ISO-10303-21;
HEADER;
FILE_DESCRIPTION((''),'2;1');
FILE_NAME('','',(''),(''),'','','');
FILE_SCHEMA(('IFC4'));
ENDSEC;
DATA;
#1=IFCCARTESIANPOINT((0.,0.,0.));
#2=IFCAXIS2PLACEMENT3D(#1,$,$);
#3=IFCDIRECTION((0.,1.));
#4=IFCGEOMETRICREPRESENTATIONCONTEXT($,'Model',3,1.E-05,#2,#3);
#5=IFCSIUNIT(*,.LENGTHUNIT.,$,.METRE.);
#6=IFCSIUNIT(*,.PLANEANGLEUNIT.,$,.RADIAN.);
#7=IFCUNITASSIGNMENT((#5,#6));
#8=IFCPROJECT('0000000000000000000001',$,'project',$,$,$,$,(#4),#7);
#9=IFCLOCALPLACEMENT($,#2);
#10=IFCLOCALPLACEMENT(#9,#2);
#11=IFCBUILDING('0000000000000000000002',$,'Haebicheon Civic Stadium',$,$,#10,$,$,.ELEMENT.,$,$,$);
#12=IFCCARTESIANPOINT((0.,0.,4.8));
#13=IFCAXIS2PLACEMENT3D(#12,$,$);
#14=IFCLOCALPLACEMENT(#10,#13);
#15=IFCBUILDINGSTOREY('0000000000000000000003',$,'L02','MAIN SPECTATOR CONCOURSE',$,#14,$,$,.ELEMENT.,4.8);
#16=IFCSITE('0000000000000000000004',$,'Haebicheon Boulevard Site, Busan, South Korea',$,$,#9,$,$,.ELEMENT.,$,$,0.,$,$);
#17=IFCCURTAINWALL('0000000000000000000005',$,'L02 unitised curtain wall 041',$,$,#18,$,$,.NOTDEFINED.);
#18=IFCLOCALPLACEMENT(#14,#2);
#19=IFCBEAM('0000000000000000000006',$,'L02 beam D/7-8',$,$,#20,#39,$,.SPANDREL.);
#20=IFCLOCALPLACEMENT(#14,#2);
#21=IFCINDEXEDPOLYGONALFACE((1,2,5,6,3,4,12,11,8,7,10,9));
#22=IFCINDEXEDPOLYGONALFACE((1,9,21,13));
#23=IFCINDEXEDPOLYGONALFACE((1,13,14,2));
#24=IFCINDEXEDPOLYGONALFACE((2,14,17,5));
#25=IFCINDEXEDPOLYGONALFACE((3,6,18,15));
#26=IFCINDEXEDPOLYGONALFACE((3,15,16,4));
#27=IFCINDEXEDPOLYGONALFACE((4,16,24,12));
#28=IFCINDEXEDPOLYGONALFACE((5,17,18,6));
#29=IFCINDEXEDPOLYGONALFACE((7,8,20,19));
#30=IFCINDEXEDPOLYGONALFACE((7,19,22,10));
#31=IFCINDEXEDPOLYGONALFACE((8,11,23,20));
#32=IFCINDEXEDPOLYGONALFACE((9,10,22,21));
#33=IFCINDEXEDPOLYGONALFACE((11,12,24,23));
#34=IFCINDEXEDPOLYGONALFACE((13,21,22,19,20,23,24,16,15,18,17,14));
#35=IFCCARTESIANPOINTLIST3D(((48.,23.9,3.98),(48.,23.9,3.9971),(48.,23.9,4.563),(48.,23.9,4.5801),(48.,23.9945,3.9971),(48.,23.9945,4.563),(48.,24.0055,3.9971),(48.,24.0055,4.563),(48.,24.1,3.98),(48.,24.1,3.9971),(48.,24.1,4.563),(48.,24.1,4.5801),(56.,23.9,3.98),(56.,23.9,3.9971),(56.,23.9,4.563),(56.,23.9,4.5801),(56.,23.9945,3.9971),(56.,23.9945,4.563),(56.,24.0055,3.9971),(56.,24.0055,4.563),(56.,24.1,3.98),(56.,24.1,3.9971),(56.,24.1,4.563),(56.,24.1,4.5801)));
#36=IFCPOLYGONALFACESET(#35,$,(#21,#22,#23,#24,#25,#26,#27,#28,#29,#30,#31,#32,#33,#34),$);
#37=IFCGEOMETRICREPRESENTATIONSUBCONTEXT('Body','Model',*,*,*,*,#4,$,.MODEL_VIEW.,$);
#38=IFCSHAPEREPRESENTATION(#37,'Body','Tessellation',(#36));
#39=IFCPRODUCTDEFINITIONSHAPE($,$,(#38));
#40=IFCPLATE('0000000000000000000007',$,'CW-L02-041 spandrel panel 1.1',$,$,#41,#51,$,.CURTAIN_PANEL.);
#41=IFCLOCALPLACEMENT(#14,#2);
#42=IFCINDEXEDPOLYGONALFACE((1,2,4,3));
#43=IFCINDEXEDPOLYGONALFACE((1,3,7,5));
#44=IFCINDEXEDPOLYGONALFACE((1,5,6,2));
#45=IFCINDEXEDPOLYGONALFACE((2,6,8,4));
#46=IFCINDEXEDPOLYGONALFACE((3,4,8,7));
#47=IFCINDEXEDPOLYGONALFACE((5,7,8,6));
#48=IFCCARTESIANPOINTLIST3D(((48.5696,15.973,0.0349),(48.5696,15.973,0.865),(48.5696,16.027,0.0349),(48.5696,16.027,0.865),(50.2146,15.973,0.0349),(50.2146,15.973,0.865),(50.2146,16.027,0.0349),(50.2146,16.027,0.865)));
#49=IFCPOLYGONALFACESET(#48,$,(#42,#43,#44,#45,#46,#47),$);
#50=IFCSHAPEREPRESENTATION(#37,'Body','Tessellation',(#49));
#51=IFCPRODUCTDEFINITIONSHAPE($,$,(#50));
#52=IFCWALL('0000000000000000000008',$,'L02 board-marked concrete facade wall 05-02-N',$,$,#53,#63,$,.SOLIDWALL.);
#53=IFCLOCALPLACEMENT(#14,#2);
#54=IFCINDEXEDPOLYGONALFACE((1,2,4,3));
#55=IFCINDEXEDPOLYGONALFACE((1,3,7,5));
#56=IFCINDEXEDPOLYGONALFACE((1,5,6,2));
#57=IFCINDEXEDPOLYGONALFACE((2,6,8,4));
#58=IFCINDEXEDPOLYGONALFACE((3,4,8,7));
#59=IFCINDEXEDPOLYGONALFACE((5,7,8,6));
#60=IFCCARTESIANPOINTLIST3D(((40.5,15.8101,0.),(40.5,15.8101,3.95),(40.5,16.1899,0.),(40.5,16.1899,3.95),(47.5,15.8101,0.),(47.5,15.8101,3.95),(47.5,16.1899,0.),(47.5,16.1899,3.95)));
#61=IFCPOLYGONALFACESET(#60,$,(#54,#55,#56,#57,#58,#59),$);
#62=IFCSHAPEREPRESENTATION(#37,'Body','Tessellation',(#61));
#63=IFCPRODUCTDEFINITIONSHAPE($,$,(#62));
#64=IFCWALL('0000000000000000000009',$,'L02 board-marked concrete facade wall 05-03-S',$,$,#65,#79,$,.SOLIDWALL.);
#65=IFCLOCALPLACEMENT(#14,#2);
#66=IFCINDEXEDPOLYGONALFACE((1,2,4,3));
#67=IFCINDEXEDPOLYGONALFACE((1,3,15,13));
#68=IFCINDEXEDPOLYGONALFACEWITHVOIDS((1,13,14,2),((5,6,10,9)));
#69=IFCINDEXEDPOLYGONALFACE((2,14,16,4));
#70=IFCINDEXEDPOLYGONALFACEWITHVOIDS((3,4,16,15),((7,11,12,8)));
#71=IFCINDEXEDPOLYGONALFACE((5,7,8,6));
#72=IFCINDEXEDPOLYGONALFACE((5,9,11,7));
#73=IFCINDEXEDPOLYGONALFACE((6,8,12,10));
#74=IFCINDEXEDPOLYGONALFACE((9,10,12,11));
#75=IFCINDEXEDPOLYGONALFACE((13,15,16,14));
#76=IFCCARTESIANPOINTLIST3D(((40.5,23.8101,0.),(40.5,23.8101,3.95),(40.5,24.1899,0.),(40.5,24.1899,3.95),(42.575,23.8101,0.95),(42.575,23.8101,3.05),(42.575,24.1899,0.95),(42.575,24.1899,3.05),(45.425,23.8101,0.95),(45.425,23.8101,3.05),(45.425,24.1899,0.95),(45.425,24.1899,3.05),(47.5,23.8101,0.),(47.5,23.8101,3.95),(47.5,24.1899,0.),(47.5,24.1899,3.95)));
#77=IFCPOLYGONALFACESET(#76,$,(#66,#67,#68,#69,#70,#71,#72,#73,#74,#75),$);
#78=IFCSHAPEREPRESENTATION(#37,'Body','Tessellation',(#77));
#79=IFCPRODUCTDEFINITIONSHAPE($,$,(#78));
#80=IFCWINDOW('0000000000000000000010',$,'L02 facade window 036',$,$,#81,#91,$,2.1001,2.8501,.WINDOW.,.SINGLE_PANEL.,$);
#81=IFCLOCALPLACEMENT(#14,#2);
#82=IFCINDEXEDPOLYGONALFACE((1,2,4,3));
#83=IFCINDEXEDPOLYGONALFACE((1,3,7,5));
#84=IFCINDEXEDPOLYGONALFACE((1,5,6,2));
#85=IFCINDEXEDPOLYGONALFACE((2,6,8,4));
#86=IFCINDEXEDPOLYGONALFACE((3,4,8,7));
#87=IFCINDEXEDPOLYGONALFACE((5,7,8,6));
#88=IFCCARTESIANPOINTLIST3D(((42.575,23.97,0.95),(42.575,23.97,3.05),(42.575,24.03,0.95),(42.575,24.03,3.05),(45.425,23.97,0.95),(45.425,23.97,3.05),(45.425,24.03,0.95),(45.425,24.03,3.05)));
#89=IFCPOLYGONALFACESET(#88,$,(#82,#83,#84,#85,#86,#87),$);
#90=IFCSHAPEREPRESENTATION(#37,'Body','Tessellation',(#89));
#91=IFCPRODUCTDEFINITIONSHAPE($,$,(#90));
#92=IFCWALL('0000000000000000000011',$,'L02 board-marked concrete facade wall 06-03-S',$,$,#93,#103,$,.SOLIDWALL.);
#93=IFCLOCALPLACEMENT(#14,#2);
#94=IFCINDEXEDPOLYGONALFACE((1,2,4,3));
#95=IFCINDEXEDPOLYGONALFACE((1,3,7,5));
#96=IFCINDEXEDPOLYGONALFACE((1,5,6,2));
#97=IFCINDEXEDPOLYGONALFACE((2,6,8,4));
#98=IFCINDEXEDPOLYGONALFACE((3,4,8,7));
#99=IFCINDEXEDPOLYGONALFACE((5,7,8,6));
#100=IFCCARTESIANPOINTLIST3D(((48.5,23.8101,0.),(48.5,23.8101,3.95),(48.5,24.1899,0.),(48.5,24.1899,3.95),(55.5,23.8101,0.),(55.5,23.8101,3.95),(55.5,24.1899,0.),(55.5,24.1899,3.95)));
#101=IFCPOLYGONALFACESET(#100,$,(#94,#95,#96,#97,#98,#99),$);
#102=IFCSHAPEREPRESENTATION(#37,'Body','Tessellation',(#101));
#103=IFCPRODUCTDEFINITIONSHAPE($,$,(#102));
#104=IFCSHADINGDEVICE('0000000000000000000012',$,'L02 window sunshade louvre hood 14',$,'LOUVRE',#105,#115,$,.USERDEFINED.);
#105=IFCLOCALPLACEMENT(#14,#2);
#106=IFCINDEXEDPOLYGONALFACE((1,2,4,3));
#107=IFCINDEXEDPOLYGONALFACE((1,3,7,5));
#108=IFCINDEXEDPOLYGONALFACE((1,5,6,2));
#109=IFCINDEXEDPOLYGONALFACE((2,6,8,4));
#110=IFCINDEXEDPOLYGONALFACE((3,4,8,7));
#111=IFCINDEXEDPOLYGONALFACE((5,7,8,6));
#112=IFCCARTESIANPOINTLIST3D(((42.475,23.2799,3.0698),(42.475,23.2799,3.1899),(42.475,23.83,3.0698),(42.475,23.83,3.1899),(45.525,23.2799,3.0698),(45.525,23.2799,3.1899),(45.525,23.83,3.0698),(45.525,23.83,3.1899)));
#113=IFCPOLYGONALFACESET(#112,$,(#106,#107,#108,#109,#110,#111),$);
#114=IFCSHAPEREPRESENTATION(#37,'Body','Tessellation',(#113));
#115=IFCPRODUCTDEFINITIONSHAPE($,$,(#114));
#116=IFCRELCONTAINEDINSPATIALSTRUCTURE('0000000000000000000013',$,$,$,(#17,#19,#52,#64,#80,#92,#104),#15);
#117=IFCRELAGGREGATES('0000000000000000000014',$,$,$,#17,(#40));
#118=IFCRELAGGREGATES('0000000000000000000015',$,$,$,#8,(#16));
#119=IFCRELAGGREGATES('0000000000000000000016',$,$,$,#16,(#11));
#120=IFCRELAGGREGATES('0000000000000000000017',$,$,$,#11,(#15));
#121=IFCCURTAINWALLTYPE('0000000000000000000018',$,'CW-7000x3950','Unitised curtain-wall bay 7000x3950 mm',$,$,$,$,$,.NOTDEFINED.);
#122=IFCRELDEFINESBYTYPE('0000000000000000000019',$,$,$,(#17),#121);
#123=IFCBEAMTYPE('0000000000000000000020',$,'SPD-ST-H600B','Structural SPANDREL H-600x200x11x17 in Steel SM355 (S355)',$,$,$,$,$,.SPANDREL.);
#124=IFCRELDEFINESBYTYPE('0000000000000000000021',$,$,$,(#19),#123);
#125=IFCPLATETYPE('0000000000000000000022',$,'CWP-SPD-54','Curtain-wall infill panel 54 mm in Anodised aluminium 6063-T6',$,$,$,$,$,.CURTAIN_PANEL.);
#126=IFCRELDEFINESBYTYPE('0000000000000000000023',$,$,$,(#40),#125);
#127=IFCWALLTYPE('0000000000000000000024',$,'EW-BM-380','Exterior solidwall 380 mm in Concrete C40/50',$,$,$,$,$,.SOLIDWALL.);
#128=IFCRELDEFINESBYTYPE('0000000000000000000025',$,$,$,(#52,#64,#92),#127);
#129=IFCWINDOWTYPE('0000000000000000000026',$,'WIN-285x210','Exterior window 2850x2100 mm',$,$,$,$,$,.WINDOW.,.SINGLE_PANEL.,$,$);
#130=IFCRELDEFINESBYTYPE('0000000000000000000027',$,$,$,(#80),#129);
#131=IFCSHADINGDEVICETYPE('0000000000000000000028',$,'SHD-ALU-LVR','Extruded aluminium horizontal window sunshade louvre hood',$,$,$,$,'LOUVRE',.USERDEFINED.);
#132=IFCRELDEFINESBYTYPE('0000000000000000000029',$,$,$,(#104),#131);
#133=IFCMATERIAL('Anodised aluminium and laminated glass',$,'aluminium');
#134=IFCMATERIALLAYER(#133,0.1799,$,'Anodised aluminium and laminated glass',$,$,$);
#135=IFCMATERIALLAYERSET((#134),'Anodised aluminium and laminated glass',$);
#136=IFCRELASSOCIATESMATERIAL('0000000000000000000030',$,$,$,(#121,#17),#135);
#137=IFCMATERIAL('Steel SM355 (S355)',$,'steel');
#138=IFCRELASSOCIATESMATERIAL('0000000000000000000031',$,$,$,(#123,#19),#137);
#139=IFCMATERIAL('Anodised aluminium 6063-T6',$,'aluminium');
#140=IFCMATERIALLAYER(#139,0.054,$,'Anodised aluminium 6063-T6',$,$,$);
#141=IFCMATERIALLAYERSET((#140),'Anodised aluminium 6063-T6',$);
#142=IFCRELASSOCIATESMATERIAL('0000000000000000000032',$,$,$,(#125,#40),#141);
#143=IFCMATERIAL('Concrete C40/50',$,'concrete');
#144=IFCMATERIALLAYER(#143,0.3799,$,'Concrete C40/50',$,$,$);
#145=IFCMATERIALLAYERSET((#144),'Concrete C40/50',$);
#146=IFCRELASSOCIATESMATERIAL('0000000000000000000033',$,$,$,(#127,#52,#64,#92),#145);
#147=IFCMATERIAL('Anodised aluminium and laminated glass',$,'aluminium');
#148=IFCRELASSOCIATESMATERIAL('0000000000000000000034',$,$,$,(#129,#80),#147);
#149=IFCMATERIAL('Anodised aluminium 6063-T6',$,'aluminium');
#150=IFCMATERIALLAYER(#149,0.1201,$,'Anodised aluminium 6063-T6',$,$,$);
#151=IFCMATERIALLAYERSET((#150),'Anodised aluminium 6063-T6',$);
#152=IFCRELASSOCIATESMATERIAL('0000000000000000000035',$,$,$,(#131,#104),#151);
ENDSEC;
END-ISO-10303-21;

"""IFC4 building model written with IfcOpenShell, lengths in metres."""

from ifc_helpers import new_model, si_unit, direction, frame, frame_2d, origin, origin_2d, place, context, subcontext, project, spatial, rectangle, i_section, extrude, material, layer, layer_set, material_profile, profile_set, type_object, element, fill, aggregate, save


model = new_model("IFC4")

# Units and contexts
model_context = context("Model", 3, precision=1e-05, world=origin(), true_north=direction((0.0, 1.0)))
body_context = subcontext(model_context, "Body", "Model", "MODEL_VIEW")
ifc_project = project(units=[si_unit("LENGTHUNIT", "METRE"), si_unit("PLANEANGLEUNIT", "RADIAN")], contexts=[model_context])

# Site, building, storey
site_placement = place(None, origin())
site = spatial("IfcSite", under=ifc_project, at=site_placement, Name="Haebicheon Boulevard Site, Busan, South Korea", CompositionType="ELEMENT", RefElevation=0.0)
building_placement = place(site_placement, origin())
building = spatial("IfcBuilding", under=site, at=building_placement, Name="Haebicheon Civic Stadium", CompositionType="ELEMENT")
storey_placement = place(building_placement, frame((0.0, 0.0, 4.8)))
storey = spatial("IfcBuildingStorey", under=building, at=storey_placement, Name="L02", Description="MAIN SPECTATOR CONCOURSE", CompositionType="ELEMENT", Elevation=4.8)

# Curtain wall
ifc_material_1 = material(Name="Anodised aluminium and laminated glass", Category="aluminium")
ifc_layer_1 = layer(ifc_material_1, 0.1799, Name="Anodised aluminium and laminated glass")
ifc_layer_set_1 = layer_set([ifc_layer_1], Name="Anodised aluminium and laminated glass")
curtain_wall_type = type_object("IfcCurtainWallType", Name="CW-7000x3950", Description="Unitised curtain-wall bay 7000x3950 mm", PredefinedType="NOTDEFINED", material=ifc_layer_set_1)
curtain_wall_placement = place(storey_placement, origin())
curtain_wall = element("IfcCurtainWall", 1, at=curtain_wall_placement, inside=storey, type_object=curtain_wall_type, material=ifc_layer_set_1, Name="L02 unitised curtain wall 041", PredefinedType="NOTDEFINED")

# Beam
ifc_material_2 = material(Name="Steel SM355 (S355)", Category="steel")
ifc_material_profile_1 = material_profile(ifc_material_2, i_section(OverallWidth=0.2, OverallDepth=0.6001, WebThickness=0.011, FlangeThickness=0.0171, at=origin_2d()), Name="H-600x200x11x17")
ifc_profile_set_1 = profile_set([ifc_material_profile_1], Name="Steel SM355 (S355)")
beam_type_1 = type_object("IfcBeamType", Name="SPD-ST-H600B", Description="Structural SPANDREL H-600x200x11x17 in Steel SM355 (S355)", PredefinedType="SPANDREL", material=ifc_profile_set_1)
for number, where, z_axis, x_axis, name in (
    (2, (48.0, 24.0, 4.28), (1.0, 0.0, 0.0), (0.0, 1.0, 0.0), "L02 beam D/7-8"),
):
    element("IfcBeam", number, at=place(storey_placement, frame(where, z_axis=z_axis, x_axis=x_axis)), inside=storey, type_object=beam_type_1, material=ifc_profile_set_1, Name=name, PredefinedType="SPANDREL", context=body_context, shape_type="SweptSolid", body=[
        extrude(i_section(OverallWidth=0.2, OverallDepth=0.6001, WebThickness=0.011, FlangeThickness=0.0171, at=origin_2d()), origin(), (0.0, 0.0, 1.0), 8.0),
    ])

# Plate
ifc_material_3 = material(Name="Anodised aluminium 6063-T6", Category="aluminium")
ifc_layer_2 = layer(ifc_material_3, 0.054, Name="Anodised aluminium 6063-T6")
ifc_layer_set_2 = layer_set([ifc_layer_2], Name="Anodised aluminium 6063-T6")
plate_type = type_object("IfcPlateType", Name="CWP-SPD-54", Description="Curtain-wall infill panel 54 mm in Anodised aluminium 6063-T6", PredefinedType="CURTAIN_PANEL", material=ifc_layer_set_2)
plate_placement = place(storey_placement, frame((49.3921, 16.0, 0.0349), z_axis=(0.0, 0.0, 1.0), x_axis=(1.0, 0.0, 0.0)))
plate = element("IfcPlate", 3, at=plate_placement, type_object=plate_type, material=ifc_layer_set_2, Name="CW-L02-041 spandrel panel 1.1", PredefinedType="CURTAIN_PANEL", context=body_context, shape_type="SweptSolid", body=[
    extrude(rectangle(XDim=1.645, YDim=0.054, at=origin_2d()), origin(), (0.0, 0.0, 1.0), 0.8301),
])
aggregate(curtain_wall, [plate])

# Wall
ifc_material_4 = material(Name="Concrete C40/50", Category="concrete")
ifc_layer_3 = layer(ifc_material_4, 0.3799, Name="Concrete C40/50")
ifc_layer_set_3 = layer_set([ifc_layer_3], Name="Concrete C40/50")
wall_type = type_object("IfcWallType", Name="EW-BM-380", Description="Exterior solidwall 380 mm in Concrete C40/50", PredefinedType="SOLIDWALL", material=ifc_layer_set_3)
wall_1_placement = place(storey_placement, frame((40.5, 16.0, 0.0), z_axis=(0.0, 0.0, 1.0), x_axis=(1.0, 0.0, 0.0)))
element("IfcWall", 4, at=wall_1_placement, inside=storey, type_object=wall_type, material=ifc_layer_set_3, Name="L02 board-marked concrete facade wall 05-02-N", PredefinedType="SOLIDWALL", context=body_context, shape_type="SweptSolid", body=[
    extrude(rectangle(XDim=7.0, YDim=0.3799, at=frame_2d((3.5, 0.0))), origin(), (0.0, 0.0, 1.0), 3.95),
])

# Wall, opening, window
wall_2_placement = place(storey_placement, frame((40.5, 24.0, 0.0), z_axis=(0.0, 0.0, 1.0), x_axis=(1.0, 0.0, 0.0)))
wall_2 = element("IfcWall", 5, at=wall_2_placement, inside=storey, type_object=wall_type, material=ifc_layer_set_3, Name="L02 board-marked concrete facade wall 05-03-S", PredefinedType="SOLIDWALL", context=body_context, shape_type="SweptSolid", body=[
    extrude(rectangle(XDim=7.0, YDim=0.3799, at=frame_2d((3.5, 0.0))), origin(), (0.0, 0.0, 1.0), 3.95),
])
opening_placement = place(wall_2_placement, frame((2.075, 0.0, 0.95)))
opening = element("IfcOpeningElement", 6, at=opening_placement, cuts=wall_2, PredefinedType="OPENING", context=body_context, shape_type="SweptSolid", body=[
    extrude(rectangle(XDim=2.8501, YDim=2.1001, at=frame_2d((1.425, 1.05))), frame((0.0, 0.2, 0.0), z_axis=(0.0, -1.0, 0.0), x_axis=(1.0, 0.0, 0.0)), (0.0, 0.0, 1.0), 0.3999),
])
ifc_material_5 = material(Name="Anodised aluminium and laminated glass", Category="aluminium")
window_type = type_object("IfcWindowType", Name="WIN-285x210", Description="Exterior window 2850x2100 mm", PartitioningType="SINGLE_PANEL", PredefinedType="WINDOW", material=ifc_material_5)
window_placement = place(opening_placement, origin())
window = element("IfcWindow", 7, at=window_placement, inside=storey, type_object=window_type, material=ifc_material_5, Name="L02 facade window 036", OverallHeight=2.1001, OverallWidth=2.8501, PartitioningType="SINGLE_PANEL", PredefinedType="WINDOW", context=body_context, shape_type="SweptSolid", body=[
    extrude(rectangle(XDim=2.8501, YDim=2.1001, at=frame_2d((1.425, 1.05))), frame((0.0, 0.03, 0.0), z_axis=(0.0, -1.0, 0.0), x_axis=(1.0, 0.0, 0.0)), (0.0, 0.0, 1.0), 0.0601),
])
fill(opening, window)

# Wall
wall_3_placement = place(storey_placement, frame((48.5, 24.0, 0.0), z_axis=(0.0, 0.0, 1.0), x_axis=(1.0, 0.0, 0.0)))
element("IfcWall", 8, at=wall_3_placement, inside=storey, type_object=wall_type, material=ifc_layer_set_3, Name="L02 board-marked concrete facade wall 06-03-S", PredefinedType="SOLIDWALL", context=body_context, shape_type="SweptSolid", body=[
    extrude(rectangle(XDim=7.0, YDim=0.3799, at=frame_2d((3.5, 0.0))), origin(), (0.0, 0.0, 1.0), 3.95),
])

# Shading device
ifc_material_6 = material(Name="Anodised aluminium 6063-T6", Category="aluminium")
ifc_layer_4 = layer(ifc_material_6, 0.1201, Name="Anodised aluminium 6063-T6")
ifc_layer_set_4 = layer_set([ifc_layer_4], Name="Anodised aluminium 6063-T6")
shading_device_type = type_object("IfcShadingDeviceType", Name="SHD-ALU-LVR", Description="Extruded aluminium horizontal window sunshade louvre hood", ElementType="LOUVRE", PredefinedType="USERDEFINED", material=ifc_layer_set_4)
shading_device_placement = place(storey_placement, frame((44.0, 23.5549, 3.0698), z_axis=(0.0, 0.0, 1.0), x_axis=(1.0, 0.0, 0.0)))
element("IfcShadingDevice", 9, at=shading_device_placement, inside=storey, type_object=shading_device_type, material=ifc_layer_set_4, Name="L02 window sunshade louvre hood 14", ObjectType="LOUVRE", PredefinedType="USERDEFINED", context=body_context, shape_type="SweptSolid", body=[
    extrude(rectangle(XDim=3.05, YDim=0.55, at=origin_2d()), origin(), (0.0, 0.0, 1.0), 0.1201),
])

save(model, "model.ifc")
